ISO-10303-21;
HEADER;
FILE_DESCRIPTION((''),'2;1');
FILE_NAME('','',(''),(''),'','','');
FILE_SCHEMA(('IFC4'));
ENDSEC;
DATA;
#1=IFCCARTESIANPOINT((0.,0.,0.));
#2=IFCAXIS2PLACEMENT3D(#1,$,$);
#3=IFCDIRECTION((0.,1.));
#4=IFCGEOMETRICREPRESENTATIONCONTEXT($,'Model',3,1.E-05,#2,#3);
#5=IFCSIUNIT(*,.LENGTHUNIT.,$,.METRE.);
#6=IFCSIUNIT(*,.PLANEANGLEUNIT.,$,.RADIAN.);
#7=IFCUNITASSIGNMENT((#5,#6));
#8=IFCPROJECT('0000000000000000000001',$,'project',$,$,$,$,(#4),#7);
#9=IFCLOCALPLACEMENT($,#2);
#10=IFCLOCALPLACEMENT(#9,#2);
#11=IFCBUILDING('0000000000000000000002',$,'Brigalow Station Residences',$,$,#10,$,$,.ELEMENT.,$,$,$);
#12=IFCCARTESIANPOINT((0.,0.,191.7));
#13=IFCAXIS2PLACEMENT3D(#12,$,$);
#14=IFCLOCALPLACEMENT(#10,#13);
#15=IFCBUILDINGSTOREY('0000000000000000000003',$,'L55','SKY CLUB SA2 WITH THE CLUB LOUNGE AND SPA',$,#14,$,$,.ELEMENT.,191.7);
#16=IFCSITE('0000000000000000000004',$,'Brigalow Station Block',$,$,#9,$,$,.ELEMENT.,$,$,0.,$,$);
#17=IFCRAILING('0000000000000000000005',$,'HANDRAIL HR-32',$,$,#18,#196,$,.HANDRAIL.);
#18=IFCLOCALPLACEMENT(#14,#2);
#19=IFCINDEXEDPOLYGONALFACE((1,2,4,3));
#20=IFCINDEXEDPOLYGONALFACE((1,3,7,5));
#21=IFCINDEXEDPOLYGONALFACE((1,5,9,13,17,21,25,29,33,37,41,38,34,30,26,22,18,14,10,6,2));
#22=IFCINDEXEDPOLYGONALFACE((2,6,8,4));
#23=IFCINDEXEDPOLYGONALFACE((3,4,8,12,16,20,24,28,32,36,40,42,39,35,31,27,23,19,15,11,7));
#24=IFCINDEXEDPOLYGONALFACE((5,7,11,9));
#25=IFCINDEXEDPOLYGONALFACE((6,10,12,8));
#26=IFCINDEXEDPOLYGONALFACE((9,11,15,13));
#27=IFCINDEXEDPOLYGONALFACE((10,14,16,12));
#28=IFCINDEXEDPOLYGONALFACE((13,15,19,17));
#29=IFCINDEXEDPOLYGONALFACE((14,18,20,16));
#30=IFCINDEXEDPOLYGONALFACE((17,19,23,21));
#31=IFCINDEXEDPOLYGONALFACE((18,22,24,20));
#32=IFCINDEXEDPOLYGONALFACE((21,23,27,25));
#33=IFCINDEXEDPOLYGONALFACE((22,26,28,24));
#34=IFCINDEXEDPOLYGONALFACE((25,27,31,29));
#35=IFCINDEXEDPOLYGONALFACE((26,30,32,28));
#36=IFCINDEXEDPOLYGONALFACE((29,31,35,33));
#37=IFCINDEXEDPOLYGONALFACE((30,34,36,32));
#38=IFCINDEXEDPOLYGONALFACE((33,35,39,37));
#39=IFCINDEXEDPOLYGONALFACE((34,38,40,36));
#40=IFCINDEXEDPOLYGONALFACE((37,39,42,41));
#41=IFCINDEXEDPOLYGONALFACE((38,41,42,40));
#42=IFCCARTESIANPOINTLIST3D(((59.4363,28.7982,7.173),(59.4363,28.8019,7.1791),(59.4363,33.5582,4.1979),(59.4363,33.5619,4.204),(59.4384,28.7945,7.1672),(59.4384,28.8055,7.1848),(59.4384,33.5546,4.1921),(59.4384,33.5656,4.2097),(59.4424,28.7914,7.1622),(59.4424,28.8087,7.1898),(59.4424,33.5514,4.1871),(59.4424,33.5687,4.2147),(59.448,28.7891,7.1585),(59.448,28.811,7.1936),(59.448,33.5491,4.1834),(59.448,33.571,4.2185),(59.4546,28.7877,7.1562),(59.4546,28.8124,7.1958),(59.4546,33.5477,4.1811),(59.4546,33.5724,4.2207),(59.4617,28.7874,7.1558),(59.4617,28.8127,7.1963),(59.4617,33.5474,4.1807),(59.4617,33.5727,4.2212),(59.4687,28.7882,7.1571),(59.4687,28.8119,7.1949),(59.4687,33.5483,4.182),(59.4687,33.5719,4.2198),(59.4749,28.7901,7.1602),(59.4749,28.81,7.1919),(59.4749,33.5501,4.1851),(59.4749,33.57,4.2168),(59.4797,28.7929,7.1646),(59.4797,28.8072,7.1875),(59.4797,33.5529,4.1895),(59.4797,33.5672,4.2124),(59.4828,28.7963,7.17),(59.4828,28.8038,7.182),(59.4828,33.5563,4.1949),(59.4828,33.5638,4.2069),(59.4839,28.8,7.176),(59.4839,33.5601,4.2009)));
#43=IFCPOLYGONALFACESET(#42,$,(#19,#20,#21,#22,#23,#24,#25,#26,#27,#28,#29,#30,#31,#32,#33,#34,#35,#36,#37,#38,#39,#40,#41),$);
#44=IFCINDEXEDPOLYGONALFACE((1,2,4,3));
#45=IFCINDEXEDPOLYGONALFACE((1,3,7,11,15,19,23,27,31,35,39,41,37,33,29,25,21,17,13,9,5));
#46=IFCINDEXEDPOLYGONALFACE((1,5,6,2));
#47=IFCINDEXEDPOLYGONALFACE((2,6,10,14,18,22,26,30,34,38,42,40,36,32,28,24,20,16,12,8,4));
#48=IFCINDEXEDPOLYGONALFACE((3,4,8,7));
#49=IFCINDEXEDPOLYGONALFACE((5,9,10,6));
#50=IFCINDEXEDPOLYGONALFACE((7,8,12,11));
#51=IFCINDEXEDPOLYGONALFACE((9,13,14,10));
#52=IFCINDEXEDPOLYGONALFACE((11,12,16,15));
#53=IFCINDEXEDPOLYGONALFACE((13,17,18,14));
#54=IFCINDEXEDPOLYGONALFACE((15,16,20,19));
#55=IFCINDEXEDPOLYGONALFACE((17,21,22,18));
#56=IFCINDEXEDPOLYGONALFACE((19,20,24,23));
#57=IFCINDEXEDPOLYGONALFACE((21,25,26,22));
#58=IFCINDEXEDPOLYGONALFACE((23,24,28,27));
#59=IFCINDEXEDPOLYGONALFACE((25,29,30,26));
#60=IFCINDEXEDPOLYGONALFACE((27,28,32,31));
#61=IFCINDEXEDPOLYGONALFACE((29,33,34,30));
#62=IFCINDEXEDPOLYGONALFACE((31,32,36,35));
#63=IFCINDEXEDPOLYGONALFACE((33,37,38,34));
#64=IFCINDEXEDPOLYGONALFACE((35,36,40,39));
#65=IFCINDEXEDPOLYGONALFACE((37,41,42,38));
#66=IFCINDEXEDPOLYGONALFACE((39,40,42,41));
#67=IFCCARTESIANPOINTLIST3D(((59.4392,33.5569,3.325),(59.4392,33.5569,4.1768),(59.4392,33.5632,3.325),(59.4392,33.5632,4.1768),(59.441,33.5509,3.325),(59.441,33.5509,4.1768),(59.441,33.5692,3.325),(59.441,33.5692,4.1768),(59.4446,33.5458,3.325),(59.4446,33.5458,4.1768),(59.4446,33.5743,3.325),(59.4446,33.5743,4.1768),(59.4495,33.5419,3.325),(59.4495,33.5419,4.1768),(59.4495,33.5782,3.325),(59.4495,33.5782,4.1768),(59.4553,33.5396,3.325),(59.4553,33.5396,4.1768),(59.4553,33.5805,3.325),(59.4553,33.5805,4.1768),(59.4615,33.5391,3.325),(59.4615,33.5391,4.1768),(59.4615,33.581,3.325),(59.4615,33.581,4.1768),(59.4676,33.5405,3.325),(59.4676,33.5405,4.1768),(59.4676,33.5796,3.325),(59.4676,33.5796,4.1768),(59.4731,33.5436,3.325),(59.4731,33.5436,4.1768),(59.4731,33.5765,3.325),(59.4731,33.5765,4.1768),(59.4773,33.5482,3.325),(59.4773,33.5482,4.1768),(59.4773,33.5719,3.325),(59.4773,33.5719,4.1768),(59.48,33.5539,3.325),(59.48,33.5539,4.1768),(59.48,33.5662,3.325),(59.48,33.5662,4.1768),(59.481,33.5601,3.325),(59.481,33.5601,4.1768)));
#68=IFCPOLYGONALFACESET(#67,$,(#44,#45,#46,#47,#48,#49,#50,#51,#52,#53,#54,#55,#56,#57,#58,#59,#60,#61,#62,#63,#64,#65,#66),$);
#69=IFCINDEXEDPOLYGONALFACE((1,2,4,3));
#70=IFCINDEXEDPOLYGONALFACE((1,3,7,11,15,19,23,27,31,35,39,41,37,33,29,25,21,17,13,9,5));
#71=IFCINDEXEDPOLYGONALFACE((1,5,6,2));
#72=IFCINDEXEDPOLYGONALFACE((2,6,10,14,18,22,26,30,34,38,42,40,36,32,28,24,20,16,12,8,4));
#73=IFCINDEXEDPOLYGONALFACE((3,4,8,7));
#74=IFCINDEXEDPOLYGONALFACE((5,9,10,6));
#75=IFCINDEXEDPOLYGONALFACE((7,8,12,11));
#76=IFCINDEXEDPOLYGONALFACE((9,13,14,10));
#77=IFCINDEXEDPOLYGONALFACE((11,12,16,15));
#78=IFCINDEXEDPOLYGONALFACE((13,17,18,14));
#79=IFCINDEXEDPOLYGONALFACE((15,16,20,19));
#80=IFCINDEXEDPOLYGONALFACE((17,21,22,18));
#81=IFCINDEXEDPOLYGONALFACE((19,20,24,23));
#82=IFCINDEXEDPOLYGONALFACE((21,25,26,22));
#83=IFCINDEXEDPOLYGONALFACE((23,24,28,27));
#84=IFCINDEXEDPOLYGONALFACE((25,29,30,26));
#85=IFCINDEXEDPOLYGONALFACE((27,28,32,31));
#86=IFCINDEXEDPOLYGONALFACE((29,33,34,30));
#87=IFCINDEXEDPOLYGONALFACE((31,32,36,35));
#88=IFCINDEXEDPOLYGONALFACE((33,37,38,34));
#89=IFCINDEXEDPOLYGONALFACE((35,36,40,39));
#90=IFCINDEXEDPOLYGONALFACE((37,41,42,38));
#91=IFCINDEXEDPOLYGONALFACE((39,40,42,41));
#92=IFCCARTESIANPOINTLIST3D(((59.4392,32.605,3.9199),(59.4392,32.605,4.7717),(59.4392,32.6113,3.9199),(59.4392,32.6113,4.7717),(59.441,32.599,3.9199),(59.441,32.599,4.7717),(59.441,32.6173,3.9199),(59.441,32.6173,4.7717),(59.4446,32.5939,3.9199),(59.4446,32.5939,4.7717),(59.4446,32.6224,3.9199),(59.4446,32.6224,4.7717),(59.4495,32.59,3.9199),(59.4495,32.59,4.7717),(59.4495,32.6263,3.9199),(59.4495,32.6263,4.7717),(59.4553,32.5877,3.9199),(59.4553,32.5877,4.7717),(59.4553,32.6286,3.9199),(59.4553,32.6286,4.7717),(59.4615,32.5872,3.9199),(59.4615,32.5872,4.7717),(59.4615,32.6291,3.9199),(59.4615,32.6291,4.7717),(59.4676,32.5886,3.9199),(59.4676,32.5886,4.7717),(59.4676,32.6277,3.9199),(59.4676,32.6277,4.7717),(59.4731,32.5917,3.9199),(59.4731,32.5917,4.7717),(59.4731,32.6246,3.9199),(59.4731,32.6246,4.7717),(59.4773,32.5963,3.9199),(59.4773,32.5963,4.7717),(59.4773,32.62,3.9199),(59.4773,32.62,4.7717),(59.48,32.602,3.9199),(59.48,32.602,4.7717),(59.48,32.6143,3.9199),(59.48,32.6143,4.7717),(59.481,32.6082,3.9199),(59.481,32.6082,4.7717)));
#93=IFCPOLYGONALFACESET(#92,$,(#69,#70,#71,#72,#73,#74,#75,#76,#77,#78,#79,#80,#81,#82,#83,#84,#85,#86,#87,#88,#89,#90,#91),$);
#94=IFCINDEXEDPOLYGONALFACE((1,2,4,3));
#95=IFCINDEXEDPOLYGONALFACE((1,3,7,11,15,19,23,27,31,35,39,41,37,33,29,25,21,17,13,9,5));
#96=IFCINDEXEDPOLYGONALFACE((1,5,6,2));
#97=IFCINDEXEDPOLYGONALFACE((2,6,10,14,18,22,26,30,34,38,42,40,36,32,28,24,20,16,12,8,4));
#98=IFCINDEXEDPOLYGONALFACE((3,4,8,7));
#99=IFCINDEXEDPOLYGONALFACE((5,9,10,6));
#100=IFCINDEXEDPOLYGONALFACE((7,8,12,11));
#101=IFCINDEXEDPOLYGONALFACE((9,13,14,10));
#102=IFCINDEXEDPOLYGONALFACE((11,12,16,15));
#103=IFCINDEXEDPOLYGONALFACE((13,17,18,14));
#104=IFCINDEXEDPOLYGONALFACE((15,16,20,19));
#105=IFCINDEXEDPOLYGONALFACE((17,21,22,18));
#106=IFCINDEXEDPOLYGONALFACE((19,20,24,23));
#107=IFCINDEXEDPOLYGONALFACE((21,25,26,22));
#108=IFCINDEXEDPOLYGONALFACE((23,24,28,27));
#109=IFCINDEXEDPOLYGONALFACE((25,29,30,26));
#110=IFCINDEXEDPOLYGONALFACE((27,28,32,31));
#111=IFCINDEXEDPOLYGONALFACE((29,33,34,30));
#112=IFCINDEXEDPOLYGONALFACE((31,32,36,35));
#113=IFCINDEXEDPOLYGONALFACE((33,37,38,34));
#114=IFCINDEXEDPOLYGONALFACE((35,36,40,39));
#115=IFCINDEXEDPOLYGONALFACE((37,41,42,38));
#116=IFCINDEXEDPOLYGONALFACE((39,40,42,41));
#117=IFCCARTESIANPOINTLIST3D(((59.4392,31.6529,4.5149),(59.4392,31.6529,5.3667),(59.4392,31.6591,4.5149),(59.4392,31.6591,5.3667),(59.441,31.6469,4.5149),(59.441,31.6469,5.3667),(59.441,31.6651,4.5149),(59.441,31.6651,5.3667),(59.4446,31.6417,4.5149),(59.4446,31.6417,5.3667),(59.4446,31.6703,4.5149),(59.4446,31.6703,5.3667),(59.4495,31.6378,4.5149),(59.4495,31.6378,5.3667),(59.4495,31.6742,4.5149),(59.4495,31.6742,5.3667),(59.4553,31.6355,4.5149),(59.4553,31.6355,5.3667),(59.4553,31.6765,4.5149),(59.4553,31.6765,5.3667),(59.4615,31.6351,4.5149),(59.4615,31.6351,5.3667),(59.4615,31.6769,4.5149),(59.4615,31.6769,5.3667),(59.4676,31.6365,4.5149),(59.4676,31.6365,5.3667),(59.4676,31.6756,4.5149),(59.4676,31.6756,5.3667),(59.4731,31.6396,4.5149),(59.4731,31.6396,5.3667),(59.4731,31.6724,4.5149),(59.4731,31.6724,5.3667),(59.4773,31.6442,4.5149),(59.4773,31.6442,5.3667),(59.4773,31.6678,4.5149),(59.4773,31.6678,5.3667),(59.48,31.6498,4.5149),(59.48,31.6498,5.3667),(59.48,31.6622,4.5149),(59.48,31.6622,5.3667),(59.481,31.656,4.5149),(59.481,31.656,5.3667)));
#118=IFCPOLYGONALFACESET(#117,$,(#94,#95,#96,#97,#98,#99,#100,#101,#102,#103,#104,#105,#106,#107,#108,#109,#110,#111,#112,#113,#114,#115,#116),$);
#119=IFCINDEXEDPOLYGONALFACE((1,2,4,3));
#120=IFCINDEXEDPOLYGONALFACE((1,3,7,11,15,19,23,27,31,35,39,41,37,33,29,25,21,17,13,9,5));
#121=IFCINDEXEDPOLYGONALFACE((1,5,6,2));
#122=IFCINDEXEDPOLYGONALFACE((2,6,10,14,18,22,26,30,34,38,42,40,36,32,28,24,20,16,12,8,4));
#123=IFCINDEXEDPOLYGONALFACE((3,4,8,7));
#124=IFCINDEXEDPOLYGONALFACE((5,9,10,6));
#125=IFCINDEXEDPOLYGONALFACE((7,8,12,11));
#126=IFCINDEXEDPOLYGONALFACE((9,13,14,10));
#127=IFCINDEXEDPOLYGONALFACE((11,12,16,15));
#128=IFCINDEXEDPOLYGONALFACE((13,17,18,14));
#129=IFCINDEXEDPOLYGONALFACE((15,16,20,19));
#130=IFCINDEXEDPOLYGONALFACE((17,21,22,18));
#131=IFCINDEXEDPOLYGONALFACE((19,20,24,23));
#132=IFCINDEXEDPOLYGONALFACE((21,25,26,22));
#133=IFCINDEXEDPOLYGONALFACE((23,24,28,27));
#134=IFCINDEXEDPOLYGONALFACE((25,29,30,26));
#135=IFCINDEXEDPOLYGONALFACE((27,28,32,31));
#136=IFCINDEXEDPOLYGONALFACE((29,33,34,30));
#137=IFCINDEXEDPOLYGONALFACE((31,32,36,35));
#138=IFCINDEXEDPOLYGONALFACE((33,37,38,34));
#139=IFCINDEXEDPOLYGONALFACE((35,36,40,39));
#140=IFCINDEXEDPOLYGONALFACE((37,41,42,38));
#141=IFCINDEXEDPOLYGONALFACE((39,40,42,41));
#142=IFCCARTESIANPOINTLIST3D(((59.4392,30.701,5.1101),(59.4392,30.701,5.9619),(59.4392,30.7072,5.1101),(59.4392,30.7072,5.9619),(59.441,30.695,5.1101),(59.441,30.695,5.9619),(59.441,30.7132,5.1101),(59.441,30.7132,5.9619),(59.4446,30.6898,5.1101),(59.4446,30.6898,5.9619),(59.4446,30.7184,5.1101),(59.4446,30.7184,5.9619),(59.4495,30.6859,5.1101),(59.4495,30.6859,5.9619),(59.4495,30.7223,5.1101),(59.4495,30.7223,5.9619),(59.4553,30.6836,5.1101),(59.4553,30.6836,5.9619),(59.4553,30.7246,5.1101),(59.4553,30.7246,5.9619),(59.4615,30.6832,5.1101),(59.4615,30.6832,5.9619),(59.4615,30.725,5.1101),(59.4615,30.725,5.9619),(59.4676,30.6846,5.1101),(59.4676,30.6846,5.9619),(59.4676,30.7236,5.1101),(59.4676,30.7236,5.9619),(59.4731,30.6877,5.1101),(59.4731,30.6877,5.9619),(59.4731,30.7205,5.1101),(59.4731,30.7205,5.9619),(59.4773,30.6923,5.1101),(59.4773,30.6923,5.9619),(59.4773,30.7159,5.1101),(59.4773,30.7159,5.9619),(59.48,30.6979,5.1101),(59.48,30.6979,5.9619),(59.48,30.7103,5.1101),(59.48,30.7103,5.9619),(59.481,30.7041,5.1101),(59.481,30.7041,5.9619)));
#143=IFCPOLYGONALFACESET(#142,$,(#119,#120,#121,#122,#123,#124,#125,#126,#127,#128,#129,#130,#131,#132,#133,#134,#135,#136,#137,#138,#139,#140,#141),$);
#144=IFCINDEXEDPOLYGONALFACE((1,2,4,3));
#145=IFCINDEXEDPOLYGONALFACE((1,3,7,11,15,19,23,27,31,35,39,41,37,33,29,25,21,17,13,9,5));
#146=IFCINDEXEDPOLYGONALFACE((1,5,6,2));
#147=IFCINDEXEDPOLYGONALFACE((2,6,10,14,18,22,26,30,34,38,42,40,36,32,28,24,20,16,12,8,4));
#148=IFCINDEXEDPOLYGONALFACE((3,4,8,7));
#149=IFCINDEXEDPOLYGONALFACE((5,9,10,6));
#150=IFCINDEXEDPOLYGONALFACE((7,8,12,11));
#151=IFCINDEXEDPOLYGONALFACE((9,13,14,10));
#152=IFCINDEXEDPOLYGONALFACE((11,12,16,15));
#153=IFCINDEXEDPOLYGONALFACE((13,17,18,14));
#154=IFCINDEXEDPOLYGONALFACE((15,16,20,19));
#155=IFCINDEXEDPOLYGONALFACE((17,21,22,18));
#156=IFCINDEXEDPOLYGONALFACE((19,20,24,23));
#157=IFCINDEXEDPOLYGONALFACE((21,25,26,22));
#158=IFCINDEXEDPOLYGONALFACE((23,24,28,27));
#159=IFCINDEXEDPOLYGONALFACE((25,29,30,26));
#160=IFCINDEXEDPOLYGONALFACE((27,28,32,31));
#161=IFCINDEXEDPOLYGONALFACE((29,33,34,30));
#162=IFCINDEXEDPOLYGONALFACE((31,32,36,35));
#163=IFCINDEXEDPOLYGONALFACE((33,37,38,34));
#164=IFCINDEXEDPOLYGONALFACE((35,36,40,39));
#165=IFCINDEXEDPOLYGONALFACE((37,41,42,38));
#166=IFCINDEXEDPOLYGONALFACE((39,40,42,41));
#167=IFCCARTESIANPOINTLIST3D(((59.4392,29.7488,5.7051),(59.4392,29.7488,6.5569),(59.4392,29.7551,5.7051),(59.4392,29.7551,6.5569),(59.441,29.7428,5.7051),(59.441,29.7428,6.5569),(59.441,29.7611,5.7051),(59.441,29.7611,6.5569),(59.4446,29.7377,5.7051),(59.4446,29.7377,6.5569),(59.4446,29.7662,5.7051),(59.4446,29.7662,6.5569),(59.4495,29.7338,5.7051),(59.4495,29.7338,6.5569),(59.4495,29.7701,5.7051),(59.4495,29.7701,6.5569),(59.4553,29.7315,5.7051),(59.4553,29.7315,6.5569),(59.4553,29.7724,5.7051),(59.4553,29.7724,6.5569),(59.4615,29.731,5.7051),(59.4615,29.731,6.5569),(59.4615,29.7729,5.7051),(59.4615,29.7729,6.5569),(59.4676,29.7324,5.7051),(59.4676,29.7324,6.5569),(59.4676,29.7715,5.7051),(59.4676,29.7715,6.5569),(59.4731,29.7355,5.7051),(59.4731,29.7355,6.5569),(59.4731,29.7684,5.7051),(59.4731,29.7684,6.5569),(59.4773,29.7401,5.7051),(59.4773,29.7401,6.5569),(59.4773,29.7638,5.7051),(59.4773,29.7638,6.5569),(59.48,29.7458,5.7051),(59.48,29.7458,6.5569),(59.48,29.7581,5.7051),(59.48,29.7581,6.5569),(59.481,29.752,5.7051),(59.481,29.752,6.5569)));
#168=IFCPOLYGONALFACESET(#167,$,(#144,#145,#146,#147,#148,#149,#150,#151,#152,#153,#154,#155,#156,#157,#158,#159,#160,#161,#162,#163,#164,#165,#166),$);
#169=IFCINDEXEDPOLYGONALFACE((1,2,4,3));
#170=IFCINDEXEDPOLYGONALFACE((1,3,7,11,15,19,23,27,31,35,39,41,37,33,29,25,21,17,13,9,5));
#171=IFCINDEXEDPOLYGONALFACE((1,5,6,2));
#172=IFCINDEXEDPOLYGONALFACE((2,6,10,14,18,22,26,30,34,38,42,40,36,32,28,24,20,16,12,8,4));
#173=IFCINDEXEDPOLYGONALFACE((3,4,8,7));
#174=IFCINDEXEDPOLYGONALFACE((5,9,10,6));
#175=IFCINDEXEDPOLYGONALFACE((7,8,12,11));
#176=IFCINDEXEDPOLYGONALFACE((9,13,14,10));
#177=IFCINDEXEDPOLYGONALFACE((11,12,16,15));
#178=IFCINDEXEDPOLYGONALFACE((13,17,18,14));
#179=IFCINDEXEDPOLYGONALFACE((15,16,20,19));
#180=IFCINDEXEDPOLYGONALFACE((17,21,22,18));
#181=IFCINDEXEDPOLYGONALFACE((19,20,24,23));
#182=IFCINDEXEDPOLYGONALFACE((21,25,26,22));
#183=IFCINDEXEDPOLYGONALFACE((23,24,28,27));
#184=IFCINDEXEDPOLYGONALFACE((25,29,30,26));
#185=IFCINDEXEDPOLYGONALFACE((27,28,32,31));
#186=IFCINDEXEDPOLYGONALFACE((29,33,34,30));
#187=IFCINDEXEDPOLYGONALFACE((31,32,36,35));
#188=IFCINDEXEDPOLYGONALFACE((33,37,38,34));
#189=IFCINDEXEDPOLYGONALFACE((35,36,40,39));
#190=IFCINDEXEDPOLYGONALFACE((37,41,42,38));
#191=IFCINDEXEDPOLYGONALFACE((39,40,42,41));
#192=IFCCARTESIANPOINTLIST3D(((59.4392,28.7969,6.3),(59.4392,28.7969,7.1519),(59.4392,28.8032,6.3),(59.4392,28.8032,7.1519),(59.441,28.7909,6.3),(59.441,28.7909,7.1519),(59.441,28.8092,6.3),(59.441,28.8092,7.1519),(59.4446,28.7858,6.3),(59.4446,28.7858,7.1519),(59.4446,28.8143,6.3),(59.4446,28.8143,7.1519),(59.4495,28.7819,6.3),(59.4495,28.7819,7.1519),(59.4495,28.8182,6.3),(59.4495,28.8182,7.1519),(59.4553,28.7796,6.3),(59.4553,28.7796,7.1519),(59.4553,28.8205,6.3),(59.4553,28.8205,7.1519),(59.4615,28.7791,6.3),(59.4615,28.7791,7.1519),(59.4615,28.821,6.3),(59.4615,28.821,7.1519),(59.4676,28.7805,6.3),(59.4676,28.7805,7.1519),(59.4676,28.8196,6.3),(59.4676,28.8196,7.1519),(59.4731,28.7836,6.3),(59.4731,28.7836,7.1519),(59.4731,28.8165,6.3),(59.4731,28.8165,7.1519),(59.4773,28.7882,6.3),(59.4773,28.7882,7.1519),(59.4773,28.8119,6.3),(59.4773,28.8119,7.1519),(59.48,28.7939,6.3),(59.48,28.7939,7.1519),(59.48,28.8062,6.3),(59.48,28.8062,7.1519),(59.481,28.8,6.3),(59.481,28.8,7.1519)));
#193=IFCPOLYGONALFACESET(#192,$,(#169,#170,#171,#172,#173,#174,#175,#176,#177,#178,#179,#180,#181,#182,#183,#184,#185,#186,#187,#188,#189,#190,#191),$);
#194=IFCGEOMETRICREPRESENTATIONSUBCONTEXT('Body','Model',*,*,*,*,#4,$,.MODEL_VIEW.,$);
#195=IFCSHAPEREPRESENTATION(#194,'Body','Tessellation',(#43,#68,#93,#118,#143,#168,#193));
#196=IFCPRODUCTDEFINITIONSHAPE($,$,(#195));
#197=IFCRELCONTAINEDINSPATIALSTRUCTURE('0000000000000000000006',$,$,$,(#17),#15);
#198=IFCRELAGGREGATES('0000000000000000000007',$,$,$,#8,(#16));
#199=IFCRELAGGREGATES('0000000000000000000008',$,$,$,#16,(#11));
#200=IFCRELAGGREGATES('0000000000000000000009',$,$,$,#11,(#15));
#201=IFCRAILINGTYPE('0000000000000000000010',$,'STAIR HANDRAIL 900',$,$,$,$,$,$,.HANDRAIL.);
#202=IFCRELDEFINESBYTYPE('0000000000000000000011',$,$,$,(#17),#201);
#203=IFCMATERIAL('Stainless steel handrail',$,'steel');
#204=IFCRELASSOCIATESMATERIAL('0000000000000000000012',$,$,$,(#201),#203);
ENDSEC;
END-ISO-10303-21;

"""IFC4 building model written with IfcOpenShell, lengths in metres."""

from ifc_helpers import new_model, si_unit, direction, frame, origin, origin_2d, place, context, subcontext, project, spatial, circle, extrude, material, type_object, element, save


model = new_model("IFC4")

# Units and contexts
model_context = context("Model", 3, precision=1e-05, world=origin(), true_north=direction((0.0, 1.0)))
body_context = subcontext(model_context, "Body", "Model", "MODEL_VIEW")
ifc_project = project(units=[si_unit("LENGTHUNIT", "METRE"), si_unit("PLANEANGLEUNIT", "RADIAN")], contexts=[model_context])

# Site, building, storey
site_placement = place(None, origin())
site = spatial("IfcSite", under=ifc_project, at=site_placement, Name="Brigalow Station Block", CompositionType="ELEMENT", RefElevation=0.0)
building_placement = place(site_placement, origin())
building = spatial("IfcBuilding", under=site, at=building_placement, Name="Brigalow Station Residences", CompositionType="ELEMENT")
storey_placement = place(building_placement, frame((0.0, 0.0, 191.7)))
storey = spatial("IfcBuildingStorey", under=building, at=storey_placement, Name="L55", Description="SKY CLUB SA2 WITH THE CLUB LOUNGE AND SPA", CompositionType="ELEMENT", Elevation=191.7)

# Railing
ifc_material_1 = material(Name="Stainless steel handrail", Category="steel")
railing_type_1 = type_object("IfcRailingType", Name="STAIR HANDRAIL 900", PredefinedType="HANDRAIL", material=ifc_material_1)
railing_1_placement = place(storey_placement, frame((59.46, 33.5601, 3.325)))
element("IfcRailing", 1, at=railing_1_placement, inside=storey, type_object=railing_type_1, Name="HANDRAIL HR-32", PredefinedType="HANDRAIL", context=body_context, shape_type="SweptSolid", body=[
    extrude(circle(Radius=0.0239, at=origin_2d()), frame((0.0, 0.0, 0.876), z_axis=(0.0, -0.847991, 0.530011), x_axis=(1.0, 0.0, 0.0)), (0.0, 0.0, 1.0), 5.6133),
    extrude(circle(Radius=0.021, at=origin_2d()), origin(), (0.0, 0.0, 1.0), 0.8518),
    extrude(circle(Radius=0.021, at=origin_2d()), frame((0.0, -0.9519, 0.595)), (0.0, 0.0, 1.0), 0.8518),
    extrude(circle(Radius=0.021, at=origin_2d()), frame((0.0, -1.9041, 1.1899)), (0.0, 0.0, 1.0), 0.8518),
    extrude(circle(Radius=0.021, at=origin_2d()), frame((0.0, -2.856, 1.7852)), (0.0, 0.0, 1.0), 0.8518),
    extrude(circle(Radius=0.021, at=origin_2d()), frame((0.0, -3.8081, 2.3801)), (0.0, 0.0, 1.0), 0.8518),
    extrude(circle(Radius=0.021, at=origin_2d()), frame((0.0, -4.76, 2.9751)), (0.0, 0.0, 1.0), 0.8518),
])

save(model, "model.ifc")
